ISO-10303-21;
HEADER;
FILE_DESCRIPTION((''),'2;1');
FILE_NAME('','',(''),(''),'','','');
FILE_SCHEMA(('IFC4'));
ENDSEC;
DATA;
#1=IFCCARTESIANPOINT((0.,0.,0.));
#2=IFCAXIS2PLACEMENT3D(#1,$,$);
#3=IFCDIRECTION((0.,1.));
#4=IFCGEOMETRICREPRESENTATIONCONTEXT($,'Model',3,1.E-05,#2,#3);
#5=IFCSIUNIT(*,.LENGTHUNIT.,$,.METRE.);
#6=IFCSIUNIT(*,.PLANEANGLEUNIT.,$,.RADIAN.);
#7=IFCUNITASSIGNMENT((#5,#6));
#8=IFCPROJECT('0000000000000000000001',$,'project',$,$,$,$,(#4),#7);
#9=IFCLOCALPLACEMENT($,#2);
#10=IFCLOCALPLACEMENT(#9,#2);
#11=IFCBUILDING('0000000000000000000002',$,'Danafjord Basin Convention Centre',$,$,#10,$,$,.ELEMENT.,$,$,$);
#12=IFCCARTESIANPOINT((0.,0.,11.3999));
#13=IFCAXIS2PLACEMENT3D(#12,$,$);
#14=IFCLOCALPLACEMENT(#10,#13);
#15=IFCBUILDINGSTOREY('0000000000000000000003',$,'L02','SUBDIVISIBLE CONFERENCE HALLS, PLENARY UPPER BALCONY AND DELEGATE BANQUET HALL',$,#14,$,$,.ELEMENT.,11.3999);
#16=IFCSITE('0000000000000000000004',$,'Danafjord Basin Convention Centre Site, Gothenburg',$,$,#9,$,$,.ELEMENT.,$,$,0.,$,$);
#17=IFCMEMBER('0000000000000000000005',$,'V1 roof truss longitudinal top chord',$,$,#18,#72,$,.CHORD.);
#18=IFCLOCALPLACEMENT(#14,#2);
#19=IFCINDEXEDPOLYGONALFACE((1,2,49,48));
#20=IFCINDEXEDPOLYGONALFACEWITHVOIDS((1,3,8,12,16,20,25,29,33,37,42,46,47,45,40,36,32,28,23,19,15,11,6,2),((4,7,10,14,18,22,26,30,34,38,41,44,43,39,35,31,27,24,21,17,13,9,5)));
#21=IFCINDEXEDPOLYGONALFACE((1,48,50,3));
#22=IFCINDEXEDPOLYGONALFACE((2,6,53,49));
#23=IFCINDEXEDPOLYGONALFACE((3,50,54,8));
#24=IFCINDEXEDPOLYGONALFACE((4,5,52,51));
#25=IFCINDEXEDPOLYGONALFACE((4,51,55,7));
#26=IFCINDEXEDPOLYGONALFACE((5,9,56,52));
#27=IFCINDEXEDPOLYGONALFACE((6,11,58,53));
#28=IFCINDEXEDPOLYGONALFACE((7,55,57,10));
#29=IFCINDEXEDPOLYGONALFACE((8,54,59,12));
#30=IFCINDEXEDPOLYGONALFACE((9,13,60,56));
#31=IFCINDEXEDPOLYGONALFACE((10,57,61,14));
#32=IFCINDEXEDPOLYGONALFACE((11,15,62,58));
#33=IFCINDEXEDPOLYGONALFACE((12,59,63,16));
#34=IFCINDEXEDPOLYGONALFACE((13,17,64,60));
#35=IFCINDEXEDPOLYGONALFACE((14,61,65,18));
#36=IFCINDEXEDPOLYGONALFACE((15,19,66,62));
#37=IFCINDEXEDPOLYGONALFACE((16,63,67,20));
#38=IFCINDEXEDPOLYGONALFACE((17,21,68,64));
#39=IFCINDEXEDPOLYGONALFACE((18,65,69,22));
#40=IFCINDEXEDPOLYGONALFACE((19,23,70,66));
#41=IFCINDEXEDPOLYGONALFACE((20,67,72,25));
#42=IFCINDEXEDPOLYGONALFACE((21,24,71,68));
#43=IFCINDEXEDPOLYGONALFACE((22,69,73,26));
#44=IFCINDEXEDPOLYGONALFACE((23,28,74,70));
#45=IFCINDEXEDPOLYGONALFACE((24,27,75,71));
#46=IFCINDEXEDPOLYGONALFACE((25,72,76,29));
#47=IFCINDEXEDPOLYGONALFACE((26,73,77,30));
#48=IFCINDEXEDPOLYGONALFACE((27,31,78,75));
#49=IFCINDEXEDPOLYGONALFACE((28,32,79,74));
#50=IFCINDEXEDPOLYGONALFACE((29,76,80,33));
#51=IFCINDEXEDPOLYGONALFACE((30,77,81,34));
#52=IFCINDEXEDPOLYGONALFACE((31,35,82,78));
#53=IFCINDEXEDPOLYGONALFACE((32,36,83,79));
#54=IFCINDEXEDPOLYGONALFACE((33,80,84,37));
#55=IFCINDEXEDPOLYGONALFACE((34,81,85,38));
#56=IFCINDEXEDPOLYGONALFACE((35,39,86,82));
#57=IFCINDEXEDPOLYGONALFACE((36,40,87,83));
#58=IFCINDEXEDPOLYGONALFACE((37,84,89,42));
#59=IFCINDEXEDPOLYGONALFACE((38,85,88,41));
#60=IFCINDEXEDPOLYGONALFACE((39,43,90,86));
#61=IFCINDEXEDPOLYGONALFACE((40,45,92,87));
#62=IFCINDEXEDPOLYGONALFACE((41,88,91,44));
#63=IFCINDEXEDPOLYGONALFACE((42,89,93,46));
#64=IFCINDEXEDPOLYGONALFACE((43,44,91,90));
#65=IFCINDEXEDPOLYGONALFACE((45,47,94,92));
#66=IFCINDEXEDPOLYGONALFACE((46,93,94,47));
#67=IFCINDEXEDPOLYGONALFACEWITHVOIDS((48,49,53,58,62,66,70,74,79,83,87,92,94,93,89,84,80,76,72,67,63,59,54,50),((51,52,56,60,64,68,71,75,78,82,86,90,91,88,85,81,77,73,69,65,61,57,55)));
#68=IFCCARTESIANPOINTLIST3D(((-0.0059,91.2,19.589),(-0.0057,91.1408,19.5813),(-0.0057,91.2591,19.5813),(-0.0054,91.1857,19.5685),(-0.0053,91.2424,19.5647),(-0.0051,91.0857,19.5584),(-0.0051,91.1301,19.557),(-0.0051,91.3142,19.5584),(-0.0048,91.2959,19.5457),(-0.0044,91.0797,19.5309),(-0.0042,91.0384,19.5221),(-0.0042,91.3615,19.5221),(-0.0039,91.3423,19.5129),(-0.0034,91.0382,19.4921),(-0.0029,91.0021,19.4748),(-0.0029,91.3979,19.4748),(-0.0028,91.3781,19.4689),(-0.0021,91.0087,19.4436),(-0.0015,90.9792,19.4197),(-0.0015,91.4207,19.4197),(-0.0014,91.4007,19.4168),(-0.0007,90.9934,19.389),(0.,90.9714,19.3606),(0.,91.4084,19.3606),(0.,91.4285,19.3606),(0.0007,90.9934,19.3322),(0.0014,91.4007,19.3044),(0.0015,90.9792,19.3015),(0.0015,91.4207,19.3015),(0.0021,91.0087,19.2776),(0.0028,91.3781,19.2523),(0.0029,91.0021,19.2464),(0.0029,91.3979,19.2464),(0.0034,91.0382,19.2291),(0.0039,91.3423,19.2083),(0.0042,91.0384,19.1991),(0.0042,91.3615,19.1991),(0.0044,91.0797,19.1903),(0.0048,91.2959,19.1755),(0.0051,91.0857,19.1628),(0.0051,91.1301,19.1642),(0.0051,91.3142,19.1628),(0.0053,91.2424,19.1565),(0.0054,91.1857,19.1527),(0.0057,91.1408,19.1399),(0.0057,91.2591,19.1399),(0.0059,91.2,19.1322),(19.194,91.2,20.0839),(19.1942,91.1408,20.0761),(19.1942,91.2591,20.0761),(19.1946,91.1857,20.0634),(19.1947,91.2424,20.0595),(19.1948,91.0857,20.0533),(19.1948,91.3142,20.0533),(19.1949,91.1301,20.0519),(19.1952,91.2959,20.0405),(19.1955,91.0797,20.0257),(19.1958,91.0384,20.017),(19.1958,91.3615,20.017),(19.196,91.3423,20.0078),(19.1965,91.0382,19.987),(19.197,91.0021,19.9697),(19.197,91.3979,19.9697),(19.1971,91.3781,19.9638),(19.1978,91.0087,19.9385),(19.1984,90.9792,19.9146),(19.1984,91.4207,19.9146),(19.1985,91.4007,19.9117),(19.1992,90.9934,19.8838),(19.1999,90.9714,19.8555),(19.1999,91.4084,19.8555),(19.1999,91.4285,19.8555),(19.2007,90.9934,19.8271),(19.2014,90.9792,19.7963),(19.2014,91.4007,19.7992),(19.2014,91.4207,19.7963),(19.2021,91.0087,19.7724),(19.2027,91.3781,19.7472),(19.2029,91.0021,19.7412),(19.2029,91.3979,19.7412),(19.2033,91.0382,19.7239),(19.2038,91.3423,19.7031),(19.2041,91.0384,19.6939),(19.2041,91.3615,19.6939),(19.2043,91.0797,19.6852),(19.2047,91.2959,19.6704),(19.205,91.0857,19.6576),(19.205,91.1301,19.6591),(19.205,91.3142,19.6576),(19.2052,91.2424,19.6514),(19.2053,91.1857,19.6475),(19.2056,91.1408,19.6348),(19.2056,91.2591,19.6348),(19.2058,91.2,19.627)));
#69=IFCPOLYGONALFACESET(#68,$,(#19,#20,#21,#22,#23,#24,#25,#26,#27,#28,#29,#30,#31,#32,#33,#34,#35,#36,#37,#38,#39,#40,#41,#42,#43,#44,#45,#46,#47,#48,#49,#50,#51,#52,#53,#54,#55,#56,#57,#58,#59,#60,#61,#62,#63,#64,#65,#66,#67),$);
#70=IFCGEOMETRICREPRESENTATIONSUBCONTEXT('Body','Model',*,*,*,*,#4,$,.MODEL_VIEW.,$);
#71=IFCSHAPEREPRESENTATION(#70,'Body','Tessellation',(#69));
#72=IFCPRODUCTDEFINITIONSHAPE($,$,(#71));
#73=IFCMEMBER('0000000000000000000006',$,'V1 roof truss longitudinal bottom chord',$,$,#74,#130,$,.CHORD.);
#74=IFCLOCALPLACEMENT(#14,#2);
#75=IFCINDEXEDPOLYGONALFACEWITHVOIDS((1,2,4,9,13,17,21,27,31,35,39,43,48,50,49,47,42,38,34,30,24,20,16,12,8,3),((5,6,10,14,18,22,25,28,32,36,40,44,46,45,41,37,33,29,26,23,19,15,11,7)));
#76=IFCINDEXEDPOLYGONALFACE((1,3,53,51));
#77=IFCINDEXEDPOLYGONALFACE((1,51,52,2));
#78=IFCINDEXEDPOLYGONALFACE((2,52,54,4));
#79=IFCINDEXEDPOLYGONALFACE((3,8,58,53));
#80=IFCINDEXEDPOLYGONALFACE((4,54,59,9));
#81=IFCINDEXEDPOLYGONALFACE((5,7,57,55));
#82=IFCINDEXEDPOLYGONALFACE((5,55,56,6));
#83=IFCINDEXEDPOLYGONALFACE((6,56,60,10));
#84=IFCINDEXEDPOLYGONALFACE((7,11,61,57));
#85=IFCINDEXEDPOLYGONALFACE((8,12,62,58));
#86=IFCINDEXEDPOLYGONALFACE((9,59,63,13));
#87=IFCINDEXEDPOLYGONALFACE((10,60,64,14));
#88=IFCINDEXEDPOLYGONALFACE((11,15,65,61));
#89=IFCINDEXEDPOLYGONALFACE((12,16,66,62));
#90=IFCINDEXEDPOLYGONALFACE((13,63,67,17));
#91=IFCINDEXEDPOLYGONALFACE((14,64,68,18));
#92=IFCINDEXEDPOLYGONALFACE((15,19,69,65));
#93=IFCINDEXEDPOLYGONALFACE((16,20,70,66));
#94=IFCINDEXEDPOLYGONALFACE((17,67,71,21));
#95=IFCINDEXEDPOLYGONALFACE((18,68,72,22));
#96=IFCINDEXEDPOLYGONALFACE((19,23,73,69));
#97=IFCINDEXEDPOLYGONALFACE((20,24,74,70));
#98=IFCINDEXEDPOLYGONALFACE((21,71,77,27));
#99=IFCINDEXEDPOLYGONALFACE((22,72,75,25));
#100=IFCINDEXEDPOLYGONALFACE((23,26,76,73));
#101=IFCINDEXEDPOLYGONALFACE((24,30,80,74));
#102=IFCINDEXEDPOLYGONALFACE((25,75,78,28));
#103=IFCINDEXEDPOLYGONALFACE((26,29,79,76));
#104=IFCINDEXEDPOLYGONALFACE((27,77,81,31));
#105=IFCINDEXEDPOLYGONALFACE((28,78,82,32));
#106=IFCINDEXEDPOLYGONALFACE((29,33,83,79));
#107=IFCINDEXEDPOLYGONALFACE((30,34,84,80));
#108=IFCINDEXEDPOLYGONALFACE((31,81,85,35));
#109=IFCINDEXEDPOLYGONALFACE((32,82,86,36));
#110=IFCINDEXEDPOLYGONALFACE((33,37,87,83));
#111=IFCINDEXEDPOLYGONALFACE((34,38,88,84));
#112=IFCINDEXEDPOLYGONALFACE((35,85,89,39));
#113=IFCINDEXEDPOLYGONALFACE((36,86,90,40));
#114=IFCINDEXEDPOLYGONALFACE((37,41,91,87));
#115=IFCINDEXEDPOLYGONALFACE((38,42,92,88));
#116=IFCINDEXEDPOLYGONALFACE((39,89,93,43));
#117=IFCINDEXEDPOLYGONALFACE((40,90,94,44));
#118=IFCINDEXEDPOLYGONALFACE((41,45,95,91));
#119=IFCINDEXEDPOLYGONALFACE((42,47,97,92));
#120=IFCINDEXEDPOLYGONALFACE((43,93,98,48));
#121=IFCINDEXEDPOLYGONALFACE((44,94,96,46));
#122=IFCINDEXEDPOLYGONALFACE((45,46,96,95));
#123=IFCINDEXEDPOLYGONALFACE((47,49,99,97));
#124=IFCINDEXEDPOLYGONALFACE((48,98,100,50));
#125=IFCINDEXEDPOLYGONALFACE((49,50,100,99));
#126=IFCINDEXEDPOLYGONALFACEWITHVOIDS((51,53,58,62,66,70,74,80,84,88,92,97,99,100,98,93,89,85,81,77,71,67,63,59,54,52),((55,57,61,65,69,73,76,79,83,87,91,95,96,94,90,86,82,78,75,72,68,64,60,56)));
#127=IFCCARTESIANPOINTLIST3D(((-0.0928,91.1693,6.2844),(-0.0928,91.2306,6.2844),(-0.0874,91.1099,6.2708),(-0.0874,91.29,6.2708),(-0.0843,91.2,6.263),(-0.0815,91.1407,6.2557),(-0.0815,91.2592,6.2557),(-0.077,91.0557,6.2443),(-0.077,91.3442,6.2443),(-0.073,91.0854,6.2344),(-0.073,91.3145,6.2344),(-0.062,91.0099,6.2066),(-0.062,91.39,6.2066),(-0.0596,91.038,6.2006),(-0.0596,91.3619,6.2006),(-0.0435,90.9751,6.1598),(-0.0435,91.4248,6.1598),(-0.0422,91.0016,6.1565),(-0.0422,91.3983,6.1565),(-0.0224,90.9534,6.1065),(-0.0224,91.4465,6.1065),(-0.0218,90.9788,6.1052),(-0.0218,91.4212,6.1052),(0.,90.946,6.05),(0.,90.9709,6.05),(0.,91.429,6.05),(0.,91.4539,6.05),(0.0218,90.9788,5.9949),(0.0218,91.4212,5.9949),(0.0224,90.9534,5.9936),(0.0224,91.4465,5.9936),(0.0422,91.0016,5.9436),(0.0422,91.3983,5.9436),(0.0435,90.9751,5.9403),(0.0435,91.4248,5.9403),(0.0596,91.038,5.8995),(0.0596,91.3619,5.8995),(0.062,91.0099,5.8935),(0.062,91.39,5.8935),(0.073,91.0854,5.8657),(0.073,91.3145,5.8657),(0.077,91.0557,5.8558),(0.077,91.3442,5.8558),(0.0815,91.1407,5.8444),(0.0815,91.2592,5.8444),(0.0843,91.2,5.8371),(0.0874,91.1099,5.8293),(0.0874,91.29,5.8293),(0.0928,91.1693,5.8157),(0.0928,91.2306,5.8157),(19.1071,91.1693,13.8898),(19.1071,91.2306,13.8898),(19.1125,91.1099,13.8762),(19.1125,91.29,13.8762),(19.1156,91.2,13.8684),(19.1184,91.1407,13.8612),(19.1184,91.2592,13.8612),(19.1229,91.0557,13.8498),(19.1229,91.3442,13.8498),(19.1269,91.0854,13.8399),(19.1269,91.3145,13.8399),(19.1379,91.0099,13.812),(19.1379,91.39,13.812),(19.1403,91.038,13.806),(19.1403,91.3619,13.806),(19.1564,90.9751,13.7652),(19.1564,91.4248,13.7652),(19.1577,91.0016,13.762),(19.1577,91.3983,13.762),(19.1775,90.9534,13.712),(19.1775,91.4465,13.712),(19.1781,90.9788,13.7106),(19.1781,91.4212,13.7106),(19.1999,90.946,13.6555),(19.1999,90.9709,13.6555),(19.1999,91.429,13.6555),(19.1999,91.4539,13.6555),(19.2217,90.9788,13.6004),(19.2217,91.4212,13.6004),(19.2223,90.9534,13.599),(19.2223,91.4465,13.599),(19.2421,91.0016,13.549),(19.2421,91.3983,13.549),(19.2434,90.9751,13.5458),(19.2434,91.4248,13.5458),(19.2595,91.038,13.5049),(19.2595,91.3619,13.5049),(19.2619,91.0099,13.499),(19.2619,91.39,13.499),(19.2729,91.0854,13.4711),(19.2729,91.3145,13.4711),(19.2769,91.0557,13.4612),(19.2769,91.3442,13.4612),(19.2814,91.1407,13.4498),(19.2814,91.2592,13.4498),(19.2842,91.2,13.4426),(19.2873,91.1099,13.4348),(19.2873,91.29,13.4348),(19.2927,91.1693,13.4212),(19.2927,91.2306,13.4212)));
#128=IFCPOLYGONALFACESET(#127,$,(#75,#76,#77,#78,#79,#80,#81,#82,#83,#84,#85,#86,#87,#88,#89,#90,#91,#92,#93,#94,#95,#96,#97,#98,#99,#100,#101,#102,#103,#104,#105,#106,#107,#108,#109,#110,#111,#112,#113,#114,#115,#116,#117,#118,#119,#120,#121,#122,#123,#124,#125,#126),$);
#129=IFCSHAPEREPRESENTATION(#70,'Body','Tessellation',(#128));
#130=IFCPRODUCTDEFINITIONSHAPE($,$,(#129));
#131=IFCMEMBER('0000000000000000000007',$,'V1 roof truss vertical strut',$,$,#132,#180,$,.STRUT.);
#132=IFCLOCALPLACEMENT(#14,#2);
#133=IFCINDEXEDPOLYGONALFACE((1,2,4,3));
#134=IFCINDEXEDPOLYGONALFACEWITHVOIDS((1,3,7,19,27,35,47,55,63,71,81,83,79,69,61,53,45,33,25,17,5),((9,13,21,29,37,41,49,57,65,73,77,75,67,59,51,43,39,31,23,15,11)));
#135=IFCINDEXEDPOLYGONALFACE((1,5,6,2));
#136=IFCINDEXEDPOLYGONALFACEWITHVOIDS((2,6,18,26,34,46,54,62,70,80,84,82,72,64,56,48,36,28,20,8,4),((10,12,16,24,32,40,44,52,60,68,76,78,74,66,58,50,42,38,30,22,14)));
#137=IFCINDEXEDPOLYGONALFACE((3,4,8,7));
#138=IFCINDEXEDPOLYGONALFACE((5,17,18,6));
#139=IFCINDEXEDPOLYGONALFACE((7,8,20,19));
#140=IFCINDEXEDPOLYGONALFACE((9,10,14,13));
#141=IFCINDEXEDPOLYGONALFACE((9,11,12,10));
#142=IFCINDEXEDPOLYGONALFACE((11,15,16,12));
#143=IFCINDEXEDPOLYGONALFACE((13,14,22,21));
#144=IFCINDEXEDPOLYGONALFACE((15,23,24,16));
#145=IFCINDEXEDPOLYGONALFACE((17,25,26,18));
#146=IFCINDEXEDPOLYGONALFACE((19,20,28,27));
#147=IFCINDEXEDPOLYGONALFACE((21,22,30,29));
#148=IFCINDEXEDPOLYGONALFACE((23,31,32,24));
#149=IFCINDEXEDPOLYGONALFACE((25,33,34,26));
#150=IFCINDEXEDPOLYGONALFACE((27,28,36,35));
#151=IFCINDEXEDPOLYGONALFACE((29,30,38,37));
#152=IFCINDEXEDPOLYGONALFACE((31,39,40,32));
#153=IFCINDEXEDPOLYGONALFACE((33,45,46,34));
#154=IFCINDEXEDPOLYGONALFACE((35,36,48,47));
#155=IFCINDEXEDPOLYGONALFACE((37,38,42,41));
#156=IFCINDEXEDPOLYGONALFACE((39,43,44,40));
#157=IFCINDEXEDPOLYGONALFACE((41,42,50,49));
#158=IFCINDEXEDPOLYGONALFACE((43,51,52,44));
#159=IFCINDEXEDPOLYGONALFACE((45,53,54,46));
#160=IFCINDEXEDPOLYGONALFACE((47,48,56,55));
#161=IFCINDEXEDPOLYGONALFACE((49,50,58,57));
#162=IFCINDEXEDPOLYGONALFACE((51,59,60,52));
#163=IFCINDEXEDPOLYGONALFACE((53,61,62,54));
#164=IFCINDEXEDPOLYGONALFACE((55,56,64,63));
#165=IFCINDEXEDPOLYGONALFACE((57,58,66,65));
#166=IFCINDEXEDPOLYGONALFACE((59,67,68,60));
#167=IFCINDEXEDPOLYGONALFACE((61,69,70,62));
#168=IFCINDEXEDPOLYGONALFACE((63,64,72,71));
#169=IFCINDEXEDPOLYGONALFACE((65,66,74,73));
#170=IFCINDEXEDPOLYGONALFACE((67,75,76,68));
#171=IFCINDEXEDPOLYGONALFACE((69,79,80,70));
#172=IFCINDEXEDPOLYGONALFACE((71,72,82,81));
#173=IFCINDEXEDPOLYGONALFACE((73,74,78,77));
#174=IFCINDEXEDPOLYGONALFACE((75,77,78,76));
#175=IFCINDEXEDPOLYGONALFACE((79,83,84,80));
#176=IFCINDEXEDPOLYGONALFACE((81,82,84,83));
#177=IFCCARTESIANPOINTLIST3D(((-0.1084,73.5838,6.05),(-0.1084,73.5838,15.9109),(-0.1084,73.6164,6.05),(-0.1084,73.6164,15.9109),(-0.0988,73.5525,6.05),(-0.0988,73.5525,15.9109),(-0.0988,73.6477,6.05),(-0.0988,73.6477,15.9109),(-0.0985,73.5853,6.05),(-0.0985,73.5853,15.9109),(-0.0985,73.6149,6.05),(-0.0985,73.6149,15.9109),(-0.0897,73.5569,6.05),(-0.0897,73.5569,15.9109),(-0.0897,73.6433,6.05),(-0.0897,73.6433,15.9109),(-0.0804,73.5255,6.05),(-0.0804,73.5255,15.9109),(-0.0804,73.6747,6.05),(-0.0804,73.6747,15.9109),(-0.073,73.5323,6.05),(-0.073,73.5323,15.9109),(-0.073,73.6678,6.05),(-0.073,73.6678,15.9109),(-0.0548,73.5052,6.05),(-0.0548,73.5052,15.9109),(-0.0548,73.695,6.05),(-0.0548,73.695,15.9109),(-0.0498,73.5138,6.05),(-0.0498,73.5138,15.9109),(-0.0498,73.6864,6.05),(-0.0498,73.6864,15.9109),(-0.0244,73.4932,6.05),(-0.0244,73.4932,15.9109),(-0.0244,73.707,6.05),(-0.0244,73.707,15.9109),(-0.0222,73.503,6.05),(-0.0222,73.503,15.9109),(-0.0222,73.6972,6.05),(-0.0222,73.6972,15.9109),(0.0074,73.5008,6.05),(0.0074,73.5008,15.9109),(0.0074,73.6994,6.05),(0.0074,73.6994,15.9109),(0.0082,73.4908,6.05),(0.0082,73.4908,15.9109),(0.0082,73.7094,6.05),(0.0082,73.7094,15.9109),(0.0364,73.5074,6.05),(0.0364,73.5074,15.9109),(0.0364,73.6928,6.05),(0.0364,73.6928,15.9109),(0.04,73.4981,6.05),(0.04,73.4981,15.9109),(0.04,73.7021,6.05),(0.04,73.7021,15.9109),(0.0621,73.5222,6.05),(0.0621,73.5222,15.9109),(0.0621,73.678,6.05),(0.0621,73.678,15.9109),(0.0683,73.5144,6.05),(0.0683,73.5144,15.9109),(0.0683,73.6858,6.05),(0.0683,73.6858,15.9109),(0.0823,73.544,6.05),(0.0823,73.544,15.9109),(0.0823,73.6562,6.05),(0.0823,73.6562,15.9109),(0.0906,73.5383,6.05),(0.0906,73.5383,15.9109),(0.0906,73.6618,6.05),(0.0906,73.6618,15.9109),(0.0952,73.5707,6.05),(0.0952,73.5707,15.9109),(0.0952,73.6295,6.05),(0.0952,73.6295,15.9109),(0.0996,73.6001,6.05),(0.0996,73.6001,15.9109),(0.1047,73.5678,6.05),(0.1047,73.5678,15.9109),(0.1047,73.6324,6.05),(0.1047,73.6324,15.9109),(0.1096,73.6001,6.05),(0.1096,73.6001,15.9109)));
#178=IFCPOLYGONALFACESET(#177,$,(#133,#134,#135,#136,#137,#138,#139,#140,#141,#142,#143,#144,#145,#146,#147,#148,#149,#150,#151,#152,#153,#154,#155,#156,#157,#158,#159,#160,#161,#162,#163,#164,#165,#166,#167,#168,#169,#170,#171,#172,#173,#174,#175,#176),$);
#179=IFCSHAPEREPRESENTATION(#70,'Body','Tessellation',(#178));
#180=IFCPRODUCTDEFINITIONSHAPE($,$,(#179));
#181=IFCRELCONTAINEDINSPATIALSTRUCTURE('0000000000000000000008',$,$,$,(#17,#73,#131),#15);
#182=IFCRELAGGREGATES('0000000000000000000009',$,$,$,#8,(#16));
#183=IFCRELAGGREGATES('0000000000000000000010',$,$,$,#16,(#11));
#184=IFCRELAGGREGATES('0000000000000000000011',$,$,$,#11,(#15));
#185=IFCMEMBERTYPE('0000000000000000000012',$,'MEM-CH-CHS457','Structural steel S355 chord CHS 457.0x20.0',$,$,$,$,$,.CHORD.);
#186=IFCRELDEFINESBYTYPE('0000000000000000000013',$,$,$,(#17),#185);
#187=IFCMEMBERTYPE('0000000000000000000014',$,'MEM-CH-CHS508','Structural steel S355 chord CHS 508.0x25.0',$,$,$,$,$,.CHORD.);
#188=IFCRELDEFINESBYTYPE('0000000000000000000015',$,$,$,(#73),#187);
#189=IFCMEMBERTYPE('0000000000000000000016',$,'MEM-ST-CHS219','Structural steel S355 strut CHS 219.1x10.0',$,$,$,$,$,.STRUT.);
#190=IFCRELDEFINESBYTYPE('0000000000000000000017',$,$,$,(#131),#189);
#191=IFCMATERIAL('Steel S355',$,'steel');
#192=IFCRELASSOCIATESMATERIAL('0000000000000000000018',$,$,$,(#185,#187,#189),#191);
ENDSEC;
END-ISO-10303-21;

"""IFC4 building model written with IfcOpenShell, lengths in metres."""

from ifc_helpers import new_model, si_unit, direction, frame, origin, origin_2d, place, context, subcontext, project, spatial, hollow_circle, extrude, material, material_profile, profile_set, type_object, element, save


model = new_model("IFC4")

# Units and contexts
model_context = context("Model", 3, precision=1e-05, world=origin(), true_north=direction((0.0, 1.0)))
body_context = subcontext(model_context, "Body", "Model", "MODEL_VIEW")
ifc_project = project(units=[si_unit("LENGTHUNIT", "METRE"), si_unit("PLANEANGLEUNIT", "RADIAN")], contexts=[model_context])

# Site, building, storey
site_placement = place(None, origin())
site = spatial("IfcSite", under=ifc_project, at=site_placement, Name="Danafjord Basin Convention Centre Site, Gothenburg", CompositionType="ELEMENT", RefElevation=0.0)
building_placement = place(site_placement, origin())
building = spatial("IfcBuilding", under=site, at=building_placement, Name="Danafjord Basin Convention Centre", CompositionType="ELEMENT")
storey_placement = place(building_placement, frame((0.0, 0.0, 11.3999)))
storey = spatial("IfcBuildingStorey", under=building, at=storey_placement, Name="L02", Description="SUBDIVISIBLE CONFERENCE HALLS, PLENARY UPPER BALCONY AND DELEGATE BANQUET HALL", CompositionType="ELEMENT", Elevation=11.3999)

# Shared definitions
ifc_material_1 = material(Name="Steel S355", Category="steel")

# Members
ifc_material_profile_1 = material_profile(ifc_material_1, hollow_circle(Radius=0.2285, WallThickness=0.02, at=origin_2d()), Name="CHS 457.0x20.0")
ifc_profile_set_1 = profile_set([ifc_material_profile_1], Name="Steel S355")
member_type_1 = type_object("IfcMemberType", Name="MEM-CH-CHS457", Description="Structural steel S355 chord CHS 457.0x20.0", PredefinedType="CHORD", material=ifc_profile_set_1)
member_1_placement = place(storey_placement, frame((0.0, 91.2, 19.3606), z_axis=(0.999668, 0.0, 0.025766), x_axis=(0.0, 1.0, 0.0)))
element("IfcMember", 1, at=member_1_placement, inside=storey, type_object=member_type_1, Name="V1 roof truss longitudinal top chord", PredefinedType="CHORD", context=body_context, shape_type="SweptSolid", body=[
    extrude(hollow_circle(Radius=0.2285, WallThickness=0.02, at=origin_2d()), origin(), (0.0, 0.0, 1.0), 19.2063),
])
ifc_material_profile_2 = material_profile(ifc_material_1, hollow_circle(Radius=0.2539, WallThickness=0.0249, at=origin_2d()), Name="CHS 508.0x25.0")
ifc_profile_set_2 = profile_set([ifc_material_profile_2], Name="Steel S355")
member_type_2 = type_object("IfcMemberType", Name="MEM-CH-CHS508", Description="Structural steel S355 chord CHS 508.0x25.0", PredefinedType="CHORD", material=ifc_profile_set_2)
member_2_placement = place(storey_placement, frame((0.0, 91.2, 6.05), z_axis=(0.929716, 0.0, 0.368278), x_axis=(0.0, 1.0, 0.0)))
element("IfcMember", 2, at=member_2_placement, inside=storey, type_object=member_type_2, Name="V1 roof truss longitudinal bottom chord", PredefinedType="CHORD", context=body_context, shape_type="SweptSolid", body=[
    extrude(hollow_circle(Radius=0.2539, WallThickness=0.0249, at=origin_2d()), origin(), (0.0, 0.0, 1.0), 20.6514),
])
ifc_material_profile_3 = material_profile(ifc_material_1, hollow_circle(Radius=0.1096, WallThickness=0.01, at=origin_2d()), Name="CHS 219.1x10.0")
ifc_profile_set_3 = profile_set([ifc_material_profile_3], Name="Steel S355")
member_type_3 = type_object("IfcMemberType", Name="MEM-ST-CHS219", Description="Structural steel S355 strut CHS 219.1x10.0", PredefinedType="STRUT", material=ifc_profile_set_3)
member_3_placement = place(storey_placement, frame((0.0, 73.6001, 6.05), z_axis=(0.0, 0.0, 1.0), x_axis=(1.0, 0.0, 0.0)))
element("IfcMember", 3, at=member_3_placement, inside=storey, type_object=member_type_3, Name="V1 roof truss vertical strut", PredefinedType="STRUT", context=body_context, shape_type="SweptSolid", body=[
    extrude(hollow_circle(Radius=0.1096, WallThickness=0.01, at=origin_2d()), origin(), (0.0, 0.0, 1.0), 9.8608),
])

save(model, "model.ifc")
